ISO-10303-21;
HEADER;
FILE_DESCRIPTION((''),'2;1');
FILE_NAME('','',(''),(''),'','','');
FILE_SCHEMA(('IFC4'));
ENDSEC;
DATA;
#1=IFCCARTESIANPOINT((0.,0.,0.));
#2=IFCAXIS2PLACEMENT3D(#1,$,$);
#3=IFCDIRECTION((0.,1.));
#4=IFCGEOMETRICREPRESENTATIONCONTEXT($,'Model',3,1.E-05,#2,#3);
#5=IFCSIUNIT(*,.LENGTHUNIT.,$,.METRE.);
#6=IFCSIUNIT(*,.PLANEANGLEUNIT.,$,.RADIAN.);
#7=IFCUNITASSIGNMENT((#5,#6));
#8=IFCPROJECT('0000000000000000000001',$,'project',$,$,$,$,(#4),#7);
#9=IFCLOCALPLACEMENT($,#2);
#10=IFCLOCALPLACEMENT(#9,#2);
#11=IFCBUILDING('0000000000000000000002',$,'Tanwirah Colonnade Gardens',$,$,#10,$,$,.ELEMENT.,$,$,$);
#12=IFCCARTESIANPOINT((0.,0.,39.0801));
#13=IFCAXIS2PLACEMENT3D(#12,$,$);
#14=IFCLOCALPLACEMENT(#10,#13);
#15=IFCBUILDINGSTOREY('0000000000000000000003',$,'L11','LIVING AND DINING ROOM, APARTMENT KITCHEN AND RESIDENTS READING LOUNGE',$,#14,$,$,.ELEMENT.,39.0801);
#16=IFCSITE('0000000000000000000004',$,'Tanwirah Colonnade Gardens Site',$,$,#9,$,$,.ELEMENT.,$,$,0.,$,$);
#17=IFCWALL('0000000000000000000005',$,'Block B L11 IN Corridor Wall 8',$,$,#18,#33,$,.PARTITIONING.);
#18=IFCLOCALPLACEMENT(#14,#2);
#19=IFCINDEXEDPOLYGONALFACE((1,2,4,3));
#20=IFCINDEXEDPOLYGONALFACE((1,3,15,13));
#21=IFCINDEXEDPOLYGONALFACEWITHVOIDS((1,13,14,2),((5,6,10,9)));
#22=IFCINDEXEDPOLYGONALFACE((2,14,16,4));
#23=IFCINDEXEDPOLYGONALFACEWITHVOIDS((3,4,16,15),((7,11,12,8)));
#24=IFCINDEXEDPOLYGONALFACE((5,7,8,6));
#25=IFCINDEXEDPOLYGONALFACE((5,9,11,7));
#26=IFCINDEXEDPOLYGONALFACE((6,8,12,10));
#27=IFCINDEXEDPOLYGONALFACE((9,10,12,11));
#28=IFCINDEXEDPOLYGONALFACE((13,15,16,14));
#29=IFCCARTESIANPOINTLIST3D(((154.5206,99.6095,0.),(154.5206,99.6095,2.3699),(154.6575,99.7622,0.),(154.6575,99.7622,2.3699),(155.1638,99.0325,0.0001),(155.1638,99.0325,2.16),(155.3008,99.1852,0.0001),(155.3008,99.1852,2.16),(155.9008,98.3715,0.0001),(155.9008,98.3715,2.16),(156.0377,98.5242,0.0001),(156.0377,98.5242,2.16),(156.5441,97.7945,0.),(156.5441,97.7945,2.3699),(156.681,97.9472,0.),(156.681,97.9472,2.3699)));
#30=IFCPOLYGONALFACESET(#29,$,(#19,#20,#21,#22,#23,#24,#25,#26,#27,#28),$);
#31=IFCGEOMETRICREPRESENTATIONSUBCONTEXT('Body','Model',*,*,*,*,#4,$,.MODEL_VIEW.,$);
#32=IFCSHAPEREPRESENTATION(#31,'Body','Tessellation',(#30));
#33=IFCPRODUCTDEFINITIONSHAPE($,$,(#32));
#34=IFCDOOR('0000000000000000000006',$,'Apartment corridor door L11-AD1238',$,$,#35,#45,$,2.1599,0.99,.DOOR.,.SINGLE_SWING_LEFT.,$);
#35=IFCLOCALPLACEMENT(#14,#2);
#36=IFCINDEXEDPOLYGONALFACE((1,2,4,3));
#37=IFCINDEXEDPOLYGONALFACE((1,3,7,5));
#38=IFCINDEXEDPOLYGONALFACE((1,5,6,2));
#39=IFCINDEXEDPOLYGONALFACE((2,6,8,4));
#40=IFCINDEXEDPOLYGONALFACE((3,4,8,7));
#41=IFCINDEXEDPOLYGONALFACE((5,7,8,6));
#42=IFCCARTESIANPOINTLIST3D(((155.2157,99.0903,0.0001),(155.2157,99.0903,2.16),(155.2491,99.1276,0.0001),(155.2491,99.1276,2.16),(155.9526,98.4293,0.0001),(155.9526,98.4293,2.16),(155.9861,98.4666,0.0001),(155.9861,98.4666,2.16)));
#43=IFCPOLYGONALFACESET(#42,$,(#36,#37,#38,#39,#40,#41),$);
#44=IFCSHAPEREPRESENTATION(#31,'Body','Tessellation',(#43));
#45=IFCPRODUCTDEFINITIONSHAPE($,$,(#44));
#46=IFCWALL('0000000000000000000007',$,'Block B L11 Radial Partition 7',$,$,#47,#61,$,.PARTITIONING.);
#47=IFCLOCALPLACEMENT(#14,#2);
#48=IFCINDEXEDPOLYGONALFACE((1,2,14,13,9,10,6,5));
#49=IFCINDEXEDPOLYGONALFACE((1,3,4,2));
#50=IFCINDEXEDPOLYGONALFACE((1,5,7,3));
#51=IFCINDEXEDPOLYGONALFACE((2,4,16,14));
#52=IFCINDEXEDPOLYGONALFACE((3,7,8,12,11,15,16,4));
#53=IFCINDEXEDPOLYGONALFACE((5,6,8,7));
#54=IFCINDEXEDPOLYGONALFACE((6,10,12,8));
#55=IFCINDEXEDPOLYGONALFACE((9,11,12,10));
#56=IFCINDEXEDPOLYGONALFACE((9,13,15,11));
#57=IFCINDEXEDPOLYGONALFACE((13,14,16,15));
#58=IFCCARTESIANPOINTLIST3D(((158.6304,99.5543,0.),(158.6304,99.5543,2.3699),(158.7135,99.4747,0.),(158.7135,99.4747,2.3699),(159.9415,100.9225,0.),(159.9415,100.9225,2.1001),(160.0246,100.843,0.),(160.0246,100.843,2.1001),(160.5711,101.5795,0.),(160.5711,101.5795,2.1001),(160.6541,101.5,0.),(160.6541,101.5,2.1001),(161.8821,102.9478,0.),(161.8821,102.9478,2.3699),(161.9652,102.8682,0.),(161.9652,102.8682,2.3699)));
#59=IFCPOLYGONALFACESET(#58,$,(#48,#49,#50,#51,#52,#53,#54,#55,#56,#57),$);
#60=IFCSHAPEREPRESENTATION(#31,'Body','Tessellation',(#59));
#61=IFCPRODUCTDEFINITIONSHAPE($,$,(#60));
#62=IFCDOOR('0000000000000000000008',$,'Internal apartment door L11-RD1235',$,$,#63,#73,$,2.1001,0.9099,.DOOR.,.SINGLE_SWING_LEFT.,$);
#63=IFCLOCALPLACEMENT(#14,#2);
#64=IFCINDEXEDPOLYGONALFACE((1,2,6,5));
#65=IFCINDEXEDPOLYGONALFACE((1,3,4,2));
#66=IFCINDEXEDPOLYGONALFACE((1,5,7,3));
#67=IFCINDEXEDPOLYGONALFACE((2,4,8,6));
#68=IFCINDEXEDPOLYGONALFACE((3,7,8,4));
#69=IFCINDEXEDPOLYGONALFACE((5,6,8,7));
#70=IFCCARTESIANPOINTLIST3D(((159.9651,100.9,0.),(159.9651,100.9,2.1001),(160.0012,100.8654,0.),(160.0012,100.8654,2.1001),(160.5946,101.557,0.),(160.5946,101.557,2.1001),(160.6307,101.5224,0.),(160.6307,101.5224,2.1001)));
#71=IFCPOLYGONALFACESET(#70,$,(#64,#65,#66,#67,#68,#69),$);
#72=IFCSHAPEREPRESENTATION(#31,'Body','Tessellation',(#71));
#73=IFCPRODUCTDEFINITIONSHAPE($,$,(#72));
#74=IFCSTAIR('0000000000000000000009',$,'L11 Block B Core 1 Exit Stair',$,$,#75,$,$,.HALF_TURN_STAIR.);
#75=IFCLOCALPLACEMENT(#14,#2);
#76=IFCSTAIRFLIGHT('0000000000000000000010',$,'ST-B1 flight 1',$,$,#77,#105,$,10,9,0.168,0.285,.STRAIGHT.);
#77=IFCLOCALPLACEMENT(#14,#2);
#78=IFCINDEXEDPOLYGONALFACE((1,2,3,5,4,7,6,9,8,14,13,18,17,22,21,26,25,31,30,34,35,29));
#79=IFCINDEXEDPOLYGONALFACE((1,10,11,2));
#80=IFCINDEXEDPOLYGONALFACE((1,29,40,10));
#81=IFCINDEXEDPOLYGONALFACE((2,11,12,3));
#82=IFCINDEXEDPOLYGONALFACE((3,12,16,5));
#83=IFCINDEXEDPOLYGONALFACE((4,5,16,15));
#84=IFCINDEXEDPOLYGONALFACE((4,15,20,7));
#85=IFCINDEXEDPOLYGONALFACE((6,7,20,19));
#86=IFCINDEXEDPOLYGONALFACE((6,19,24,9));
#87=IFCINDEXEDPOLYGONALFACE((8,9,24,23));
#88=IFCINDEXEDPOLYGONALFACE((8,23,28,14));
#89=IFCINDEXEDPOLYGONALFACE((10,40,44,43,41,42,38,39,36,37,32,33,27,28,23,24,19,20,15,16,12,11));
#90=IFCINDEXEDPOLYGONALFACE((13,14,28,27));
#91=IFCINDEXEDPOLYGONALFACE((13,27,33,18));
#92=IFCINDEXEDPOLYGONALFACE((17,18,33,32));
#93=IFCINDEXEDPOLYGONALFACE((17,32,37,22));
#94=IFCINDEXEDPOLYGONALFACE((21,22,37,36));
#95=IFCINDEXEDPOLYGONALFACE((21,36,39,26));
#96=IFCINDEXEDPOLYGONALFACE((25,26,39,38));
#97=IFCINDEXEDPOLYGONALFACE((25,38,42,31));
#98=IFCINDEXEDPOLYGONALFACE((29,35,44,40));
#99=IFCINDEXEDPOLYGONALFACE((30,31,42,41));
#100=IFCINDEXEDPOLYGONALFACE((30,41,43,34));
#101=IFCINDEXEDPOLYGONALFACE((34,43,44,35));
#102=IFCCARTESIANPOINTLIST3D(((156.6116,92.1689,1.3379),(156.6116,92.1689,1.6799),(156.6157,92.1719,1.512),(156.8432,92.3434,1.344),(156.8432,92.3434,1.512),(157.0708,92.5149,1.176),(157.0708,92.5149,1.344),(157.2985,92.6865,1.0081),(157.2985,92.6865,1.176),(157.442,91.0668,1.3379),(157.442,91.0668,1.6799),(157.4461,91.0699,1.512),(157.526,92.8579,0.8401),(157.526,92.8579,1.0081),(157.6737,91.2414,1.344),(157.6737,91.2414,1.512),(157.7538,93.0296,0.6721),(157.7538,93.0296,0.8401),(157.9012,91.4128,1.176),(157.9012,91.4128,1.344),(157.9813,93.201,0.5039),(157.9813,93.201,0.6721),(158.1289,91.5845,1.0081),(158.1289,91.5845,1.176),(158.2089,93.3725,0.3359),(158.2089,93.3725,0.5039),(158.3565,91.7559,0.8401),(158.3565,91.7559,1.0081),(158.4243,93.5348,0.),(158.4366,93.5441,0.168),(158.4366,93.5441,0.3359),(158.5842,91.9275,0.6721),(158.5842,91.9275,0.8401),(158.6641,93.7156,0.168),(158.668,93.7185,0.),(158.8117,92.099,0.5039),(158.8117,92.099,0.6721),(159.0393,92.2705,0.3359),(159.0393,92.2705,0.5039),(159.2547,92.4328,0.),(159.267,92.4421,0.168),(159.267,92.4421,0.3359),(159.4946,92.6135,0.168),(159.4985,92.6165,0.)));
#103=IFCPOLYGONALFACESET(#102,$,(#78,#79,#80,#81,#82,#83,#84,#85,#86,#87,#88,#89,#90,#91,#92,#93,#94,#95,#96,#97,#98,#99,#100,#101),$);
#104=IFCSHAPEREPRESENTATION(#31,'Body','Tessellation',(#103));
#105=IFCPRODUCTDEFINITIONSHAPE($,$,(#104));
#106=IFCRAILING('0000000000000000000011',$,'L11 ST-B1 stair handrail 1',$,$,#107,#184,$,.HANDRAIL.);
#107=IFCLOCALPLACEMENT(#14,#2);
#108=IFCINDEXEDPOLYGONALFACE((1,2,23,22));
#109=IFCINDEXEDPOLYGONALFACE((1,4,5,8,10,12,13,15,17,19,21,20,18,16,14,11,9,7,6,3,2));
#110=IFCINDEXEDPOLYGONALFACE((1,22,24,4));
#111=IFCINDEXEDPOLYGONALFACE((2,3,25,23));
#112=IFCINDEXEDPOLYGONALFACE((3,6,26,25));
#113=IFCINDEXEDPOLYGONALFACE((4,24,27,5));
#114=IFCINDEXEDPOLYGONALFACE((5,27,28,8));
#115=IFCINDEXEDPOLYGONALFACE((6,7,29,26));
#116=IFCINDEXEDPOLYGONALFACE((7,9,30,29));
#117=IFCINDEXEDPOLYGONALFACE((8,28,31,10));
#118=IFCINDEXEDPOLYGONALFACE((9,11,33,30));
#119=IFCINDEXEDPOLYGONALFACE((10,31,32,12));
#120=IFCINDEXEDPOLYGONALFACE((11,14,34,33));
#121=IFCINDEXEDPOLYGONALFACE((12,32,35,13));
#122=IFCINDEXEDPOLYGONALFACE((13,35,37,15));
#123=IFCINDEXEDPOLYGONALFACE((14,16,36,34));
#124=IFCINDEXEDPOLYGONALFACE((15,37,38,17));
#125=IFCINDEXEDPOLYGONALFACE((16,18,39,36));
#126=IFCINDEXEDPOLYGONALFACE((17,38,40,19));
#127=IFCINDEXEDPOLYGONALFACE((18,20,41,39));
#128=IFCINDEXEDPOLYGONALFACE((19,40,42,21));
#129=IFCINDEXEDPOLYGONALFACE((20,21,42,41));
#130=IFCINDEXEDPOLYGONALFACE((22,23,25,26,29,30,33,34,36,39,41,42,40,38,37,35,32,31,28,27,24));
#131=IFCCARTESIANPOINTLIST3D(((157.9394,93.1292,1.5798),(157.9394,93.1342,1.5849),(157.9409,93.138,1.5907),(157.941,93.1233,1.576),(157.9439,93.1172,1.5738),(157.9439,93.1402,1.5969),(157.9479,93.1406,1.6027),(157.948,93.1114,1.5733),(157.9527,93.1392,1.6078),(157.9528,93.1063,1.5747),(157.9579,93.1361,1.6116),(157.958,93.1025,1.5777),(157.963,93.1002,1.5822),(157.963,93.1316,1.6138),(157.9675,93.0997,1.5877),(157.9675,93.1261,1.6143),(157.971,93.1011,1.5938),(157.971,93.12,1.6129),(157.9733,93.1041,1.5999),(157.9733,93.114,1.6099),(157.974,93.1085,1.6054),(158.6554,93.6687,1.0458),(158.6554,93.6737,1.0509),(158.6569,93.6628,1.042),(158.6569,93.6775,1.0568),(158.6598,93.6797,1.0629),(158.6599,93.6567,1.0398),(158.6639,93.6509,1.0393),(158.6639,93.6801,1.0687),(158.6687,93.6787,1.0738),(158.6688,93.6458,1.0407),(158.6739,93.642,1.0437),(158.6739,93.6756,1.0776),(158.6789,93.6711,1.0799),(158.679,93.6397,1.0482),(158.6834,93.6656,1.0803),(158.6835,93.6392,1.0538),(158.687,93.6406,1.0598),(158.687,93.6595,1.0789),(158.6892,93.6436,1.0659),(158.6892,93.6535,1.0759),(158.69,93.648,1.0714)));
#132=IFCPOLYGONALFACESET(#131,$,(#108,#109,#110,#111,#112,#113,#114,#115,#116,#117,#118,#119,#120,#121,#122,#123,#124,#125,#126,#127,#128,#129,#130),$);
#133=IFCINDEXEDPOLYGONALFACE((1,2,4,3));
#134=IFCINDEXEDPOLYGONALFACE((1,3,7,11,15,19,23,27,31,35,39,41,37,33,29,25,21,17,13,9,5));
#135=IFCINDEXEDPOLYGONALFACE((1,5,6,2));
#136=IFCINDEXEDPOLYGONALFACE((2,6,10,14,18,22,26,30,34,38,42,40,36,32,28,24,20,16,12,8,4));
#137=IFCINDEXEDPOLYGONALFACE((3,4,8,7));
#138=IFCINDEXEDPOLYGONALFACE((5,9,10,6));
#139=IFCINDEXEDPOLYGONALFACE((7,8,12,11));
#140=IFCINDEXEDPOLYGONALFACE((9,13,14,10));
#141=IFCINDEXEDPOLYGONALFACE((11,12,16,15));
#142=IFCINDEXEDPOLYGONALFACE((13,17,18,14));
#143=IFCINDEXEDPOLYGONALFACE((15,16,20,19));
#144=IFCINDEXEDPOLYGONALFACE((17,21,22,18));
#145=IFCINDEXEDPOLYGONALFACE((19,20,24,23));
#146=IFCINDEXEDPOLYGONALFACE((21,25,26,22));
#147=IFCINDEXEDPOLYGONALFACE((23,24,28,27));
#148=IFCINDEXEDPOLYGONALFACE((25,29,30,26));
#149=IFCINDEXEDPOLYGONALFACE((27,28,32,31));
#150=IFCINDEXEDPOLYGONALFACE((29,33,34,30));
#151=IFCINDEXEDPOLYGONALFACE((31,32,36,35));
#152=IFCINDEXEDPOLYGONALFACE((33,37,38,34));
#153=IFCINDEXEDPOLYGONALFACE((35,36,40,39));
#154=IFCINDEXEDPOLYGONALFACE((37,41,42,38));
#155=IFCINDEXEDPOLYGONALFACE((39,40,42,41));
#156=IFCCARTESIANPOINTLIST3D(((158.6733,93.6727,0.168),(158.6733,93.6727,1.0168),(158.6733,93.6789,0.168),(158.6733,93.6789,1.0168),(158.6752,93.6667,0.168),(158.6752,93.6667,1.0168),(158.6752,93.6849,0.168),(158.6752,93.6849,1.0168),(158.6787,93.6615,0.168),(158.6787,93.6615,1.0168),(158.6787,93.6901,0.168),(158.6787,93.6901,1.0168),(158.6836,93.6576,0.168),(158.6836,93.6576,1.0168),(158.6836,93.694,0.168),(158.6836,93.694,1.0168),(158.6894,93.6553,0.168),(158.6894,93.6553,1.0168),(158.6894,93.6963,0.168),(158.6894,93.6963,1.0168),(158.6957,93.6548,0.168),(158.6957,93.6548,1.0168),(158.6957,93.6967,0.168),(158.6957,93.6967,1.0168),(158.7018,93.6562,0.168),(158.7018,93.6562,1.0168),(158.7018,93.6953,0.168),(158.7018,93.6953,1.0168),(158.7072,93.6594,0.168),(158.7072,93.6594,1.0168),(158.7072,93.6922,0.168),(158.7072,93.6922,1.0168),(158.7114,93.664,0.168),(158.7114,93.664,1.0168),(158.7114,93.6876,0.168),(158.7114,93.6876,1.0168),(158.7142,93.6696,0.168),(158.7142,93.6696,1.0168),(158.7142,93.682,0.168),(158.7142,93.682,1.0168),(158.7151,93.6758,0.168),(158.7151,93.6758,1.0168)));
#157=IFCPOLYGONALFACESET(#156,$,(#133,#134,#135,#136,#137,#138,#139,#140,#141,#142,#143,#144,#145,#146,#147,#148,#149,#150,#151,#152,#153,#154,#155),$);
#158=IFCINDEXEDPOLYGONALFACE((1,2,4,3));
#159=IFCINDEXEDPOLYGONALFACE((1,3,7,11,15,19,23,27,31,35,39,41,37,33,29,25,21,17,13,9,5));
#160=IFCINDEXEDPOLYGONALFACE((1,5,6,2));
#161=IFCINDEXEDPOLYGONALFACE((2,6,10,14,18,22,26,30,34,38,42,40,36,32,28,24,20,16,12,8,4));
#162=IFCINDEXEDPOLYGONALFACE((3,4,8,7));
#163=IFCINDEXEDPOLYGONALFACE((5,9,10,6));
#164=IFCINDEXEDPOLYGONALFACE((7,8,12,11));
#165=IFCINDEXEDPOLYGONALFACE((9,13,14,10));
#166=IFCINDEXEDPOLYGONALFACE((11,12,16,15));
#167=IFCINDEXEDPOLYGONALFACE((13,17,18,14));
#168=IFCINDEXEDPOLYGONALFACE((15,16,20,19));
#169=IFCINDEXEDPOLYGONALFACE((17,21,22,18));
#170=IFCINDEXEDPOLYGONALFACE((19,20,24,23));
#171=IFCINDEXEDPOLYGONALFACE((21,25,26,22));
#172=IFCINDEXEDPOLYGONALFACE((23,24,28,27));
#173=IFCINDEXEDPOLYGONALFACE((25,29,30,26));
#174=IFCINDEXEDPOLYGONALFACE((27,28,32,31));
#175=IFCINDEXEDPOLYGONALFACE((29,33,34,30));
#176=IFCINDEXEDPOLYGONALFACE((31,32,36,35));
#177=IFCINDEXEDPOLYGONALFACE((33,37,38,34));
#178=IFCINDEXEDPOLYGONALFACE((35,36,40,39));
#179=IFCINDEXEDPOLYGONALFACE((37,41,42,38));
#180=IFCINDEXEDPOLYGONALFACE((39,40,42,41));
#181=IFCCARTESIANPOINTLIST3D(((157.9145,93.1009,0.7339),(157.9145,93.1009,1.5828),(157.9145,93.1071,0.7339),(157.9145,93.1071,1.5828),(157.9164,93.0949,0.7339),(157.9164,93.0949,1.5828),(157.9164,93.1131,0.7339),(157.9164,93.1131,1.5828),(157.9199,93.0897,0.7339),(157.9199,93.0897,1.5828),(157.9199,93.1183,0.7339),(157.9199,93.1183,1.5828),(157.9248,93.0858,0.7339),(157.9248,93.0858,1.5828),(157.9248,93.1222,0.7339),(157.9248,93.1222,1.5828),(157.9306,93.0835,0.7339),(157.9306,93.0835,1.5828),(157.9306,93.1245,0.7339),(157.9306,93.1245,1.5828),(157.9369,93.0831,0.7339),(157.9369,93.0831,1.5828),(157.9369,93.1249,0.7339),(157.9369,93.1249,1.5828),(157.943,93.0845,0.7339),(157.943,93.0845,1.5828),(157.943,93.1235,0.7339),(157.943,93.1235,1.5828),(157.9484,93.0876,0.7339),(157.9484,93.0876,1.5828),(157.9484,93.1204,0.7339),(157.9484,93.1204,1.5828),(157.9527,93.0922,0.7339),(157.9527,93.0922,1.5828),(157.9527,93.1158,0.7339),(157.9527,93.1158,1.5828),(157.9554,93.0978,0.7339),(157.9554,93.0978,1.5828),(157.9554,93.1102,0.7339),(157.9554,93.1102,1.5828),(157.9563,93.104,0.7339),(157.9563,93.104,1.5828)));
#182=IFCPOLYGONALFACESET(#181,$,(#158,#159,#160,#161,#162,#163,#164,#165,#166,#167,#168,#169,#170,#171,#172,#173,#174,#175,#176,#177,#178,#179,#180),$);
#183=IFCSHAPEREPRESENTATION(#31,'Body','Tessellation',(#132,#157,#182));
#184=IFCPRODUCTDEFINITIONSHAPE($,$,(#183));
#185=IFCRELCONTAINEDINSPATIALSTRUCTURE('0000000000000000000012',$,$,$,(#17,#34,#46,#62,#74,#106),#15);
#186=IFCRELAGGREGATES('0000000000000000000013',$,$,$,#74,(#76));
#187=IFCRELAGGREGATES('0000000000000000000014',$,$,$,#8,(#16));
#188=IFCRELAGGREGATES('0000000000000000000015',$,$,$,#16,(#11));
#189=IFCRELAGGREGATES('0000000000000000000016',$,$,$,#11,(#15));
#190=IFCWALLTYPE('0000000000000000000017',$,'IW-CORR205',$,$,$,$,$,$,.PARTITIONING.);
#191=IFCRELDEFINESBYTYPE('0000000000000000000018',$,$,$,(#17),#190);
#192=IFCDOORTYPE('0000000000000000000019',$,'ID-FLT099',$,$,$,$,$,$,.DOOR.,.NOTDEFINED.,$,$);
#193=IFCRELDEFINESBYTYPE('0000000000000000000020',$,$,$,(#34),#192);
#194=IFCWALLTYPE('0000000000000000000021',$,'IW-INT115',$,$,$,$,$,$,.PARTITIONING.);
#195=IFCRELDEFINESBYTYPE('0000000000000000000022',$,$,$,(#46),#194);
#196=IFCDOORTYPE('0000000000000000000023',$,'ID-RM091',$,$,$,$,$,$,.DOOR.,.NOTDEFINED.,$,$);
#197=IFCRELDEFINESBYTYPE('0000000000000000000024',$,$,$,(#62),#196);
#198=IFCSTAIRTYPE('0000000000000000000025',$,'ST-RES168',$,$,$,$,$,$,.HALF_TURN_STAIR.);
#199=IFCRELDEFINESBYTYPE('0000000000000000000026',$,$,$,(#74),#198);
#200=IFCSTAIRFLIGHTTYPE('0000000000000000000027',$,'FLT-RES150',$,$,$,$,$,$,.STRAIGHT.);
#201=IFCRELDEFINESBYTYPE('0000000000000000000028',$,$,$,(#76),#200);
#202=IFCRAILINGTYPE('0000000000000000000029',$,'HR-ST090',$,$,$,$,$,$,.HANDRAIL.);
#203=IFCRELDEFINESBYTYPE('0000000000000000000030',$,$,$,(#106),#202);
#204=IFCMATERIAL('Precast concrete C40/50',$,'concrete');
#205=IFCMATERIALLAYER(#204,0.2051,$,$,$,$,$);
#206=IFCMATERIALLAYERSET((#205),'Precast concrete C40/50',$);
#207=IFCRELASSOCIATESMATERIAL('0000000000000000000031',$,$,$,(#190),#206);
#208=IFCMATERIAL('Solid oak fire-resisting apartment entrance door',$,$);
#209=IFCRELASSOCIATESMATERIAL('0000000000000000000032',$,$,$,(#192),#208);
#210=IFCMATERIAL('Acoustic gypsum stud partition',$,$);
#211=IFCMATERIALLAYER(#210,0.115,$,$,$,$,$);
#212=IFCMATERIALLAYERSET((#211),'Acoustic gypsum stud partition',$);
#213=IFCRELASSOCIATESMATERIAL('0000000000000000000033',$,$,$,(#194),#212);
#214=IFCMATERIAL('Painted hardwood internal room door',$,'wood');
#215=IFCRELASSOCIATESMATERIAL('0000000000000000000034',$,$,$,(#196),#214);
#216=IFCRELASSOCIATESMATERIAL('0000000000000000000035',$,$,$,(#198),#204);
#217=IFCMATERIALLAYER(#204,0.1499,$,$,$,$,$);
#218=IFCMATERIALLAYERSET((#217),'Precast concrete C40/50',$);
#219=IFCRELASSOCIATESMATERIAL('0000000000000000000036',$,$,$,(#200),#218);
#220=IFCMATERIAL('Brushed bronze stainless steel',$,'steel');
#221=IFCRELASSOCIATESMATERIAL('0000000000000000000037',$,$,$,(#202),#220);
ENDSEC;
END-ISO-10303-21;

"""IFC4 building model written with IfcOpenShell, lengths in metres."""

from ifc_helpers import new_model, si_unit, direction, frame, frame_2d, origin, origin_2d, place, context, subcontext, project, spatial, polyline, rectangle, circle, outline, extrude, material, layer, layer_set, type_object, element, fill, aggregate, save


model = new_model("IFC4")

# Units and contexts
model_context = context("Model", 3, precision=1e-05, world=origin(), true_north=direction((0.0, 1.0)))
body_context = subcontext(model_context, "Body", "Model", "MODEL_VIEW")
ifc_project = project(units=[si_unit("LENGTHUNIT", "METRE"), si_unit("PLANEANGLEUNIT", "RADIAN")], contexts=[model_context])

# Site, building, storey
site_placement = place(None, origin())
site = spatial("IfcSite", under=ifc_project, at=site_placement, Name="Tanwirah Colonnade Gardens Site", CompositionType="ELEMENT", RefElevation=0.0)
building_placement = place(site_placement, origin())
building = spatial("IfcBuilding", under=site, at=building_placement, Name="Tanwirah Colonnade Gardens", CompositionType="ELEMENT")
storey_placement = place(building_placement, frame((0.0, 0.0, 39.0801)))
storey = spatial("IfcBuildingStorey", under=building, at=storey_placement, Name="L11", Description="LIVING AND DINING ROOM, APARTMENT KITCHEN AND RESIDENTS READING LOUNGE", CompositionType="ELEMENT", Elevation=39.0801)

# Shared definitions
ifc_material_1 = material(Name="Precast concrete C40/50", Category="concrete")

# Walls, openings, doors
ifc_layer_1 = layer(ifc_material_1, 0.2051)
ifc_layer_set_1 = layer_set([ifc_layer_1], Name="Precast concrete C40/50")
wall_type_1 = type_object("IfcWallType", Name="IW-CORR205", PredefinedType="PARTITIONING", material=ifc_layer_set_1)
ifc_material_2 = material(Name="Solid oak fire-resisting apartment entrance door")
door_type_1 = type_object("IfcDoorType", Name="ID-FLT099", OperationType="NOTDEFINED", PredefinedType="DOOR", material=ifc_material_2)
wall_1_placement = place(storey_placement, frame((156.6125, 97.8708, 0.0), z_axis=(0.0, 0.0, 1.0), x_axis=(-0.744419, 0.667713, 0.0)))
wall_1 = element("IfcWall", 1, at=wall_1_placement, inside=storey, type_object=wall_type_1, Name="Block B L11 IN Corridor Wall 8", PredefinedType="PARTITIONING", context=body_context, shape_type="SweptSolid", body=[
    extrude(rectangle(XDim=2.7183, YDim=0.2051, at=frame_2d((1.3591, 0.0))), origin(), (0.0, 0.0, 1.0), 2.3699),
])
opening_1_placement = place(wall_1_placement, frame((0.864, 0.0, 0.0)))
opening_1 = element("IfcOpeningElement", 2, at=opening_1_placement, cuts=wall_1, PredefinedType="OPENING", context=body_context, shape_type="SweptSolid", body=[
    extrude(rectangle(XDim=0.99, YDim=2.1599, at=frame_2d((0.4951, 1.0801))), frame((0.0, 0.1125, 0.0), z_axis=(0.0, -1.0, 0.0), x_axis=(1.0, 0.0, 0.0)), (0.0, 0.0, 1.0), 0.2251),
])
door_1_placement = place(opening_1_placement, origin())
door_1 = element("IfcDoor", 3, at=door_1_placement, inside=storey, type_object=door_type_1, Name="Apartment corridor door L11-AD1238", OperationType="SINGLE_SWING_LEFT", OverallHeight=2.1599, OverallWidth=0.99, PredefinedType="DOOR", context=body_context, shape_type="SweptSolid", body=[
    extrude(rectangle(XDim=0.99, YDim=2.1599, at=frame_2d((0.4951, 1.0801))), frame((0.0, 0.0249, 0.0), z_axis=(0.0, -1.0, 0.0), x_axis=(1.0, 0.0, 0.0)), (0.0, 0.0, 1.0), 0.05),
])
fill(opening_1, door_1)
ifc_material_3 = material(Name="Acoustic gypsum stud partition")
ifc_layer_2 = layer(ifc_material_3, 0.115)
ifc_layer_set_2 = layer_set([ifc_layer_2], Name="Acoustic gypsum stud partition")
wall_type_2 = type_object("IfcWallType", Name="IW-INT115", PredefinedType="PARTITIONING", material=ifc_layer_set_2)
wall_2_placement = place(storey_placement, frame((158.6719, 99.5144, 0.0), z_axis=(0.0, 0.0, 1.0), x_axis=(0.691856, 0.722036, 0.0)))
wall_2 = element("IfcWall", 4, at=wall_2_placement, inside=storey, type_object=wall_type_2, Name="Block B L11 Radial Partition 7", PredefinedType="PARTITIONING", context=body_context, shape_type="SweptSolid", body=[
    extrude(rectangle(XDim=4.7, YDim=0.115, at=frame_2d((2.3501, 0.0))), origin(), (0.0, 0.0, 1.0), 2.3699),
])
opening_2_placement = place(wall_2_placement, frame((1.895, 0.0, 0.0)))
opening_2 = element("IfcOpeningElement", 5, at=opening_2_placement, cuts=wall_2, PredefinedType="OPENING", context=body_context, shape_type="SweptSolid", body=[
    extrude(rectangle(XDim=0.9099, YDim=2.1001, at=frame_2d((0.4551, 1.05))), frame((0.0, 0.0674, 0.0), z_axis=(0.0, -1.0, 0.0), x_axis=(1.0, 0.0, 0.0)), (0.0, 0.0, 1.0), 0.135),
])
ifc_material_4 = material(Name="Painted hardwood internal room door", Category="wood")
door_type_2 = type_object("IfcDoorType", Name="ID-RM091", OperationType="NOTDEFINED", PredefinedType="DOOR", material=ifc_material_4)
door_2_placement = place(opening_2_placement, origin())
door_2 = element("IfcDoor", 6, at=door_2_placement, inside=storey, type_object=door_type_2, Name="Internal apartment door L11-RD1235", OperationType="SINGLE_SWING_LEFT", OverallHeight=2.1001, OverallWidth=0.9099, PredefinedType="DOOR", context=body_context, shape_type="SweptSolid", body=[
    extrude(rectangle(XDim=0.9099, YDim=2.1001, at=frame_2d((0.4551, 1.05))), frame((0.0, 0.0249, 0.0), z_axis=(0.0, -1.0, 0.0), x_axis=(1.0, 0.0, 0.0)), (0.0, 0.0, 1.0), 0.05),
])
fill(opening_2, door_2)

# Stair, stair flight
stair_type = type_object("IfcStairType", Name="ST-RES168", PredefinedType="HALF_TURN_STAIR", material=ifc_material_1)
stair_placement = place(storey_placement, origin())
stair = element("IfcStair", 7, at=stair_placement, inside=storey, type_object=stair_type, Name="L11 Block B Core 1 Exit Stair", PredefinedType="HALF_TURN_STAIR")
ifc_layer_3 = layer(ifc_material_1, 0.1499)
ifc_layer_set_3 = layer_set([ifc_layer_3], Name="Precast concrete C40/50")
stair_flight_type = type_object("IfcStairFlightType", Name="FLT-RES150", PredefinedType="STRAIGHT", material=ifc_layer_set_3)
stair_flight_placement = place(storey_placement, frame((159.0793, 93.1646, 0.0), z_axis=(0.0, 0.0, 1.0), x_axis=(-0.798636, -0.601815, 0.0)))
stair_flight = element("IfcStairFlight", 8, at=stair_flight_placement, type_object=stair_flight_type, Name="ST-B1 flight 1", NumberOfRisers=10, NumberOfTreads=9, PredefinedType="STRAIGHT", RiserHeight=0.168, TreadLength=0.285, context=body_context, shape_type="SweptSolid", body=[
    extrude(outline(polyline([(-0.0049, 0.0), (0.0, 0.168), (0.2849, 0.168), (0.2849, 0.3359), (0.5701, 0.3359), (0.5701, 0.5039), (0.855, 0.5039), (0.855, 0.6721), (1.1399, 0.6721), (1.1399, 0.8401), (1.425, 0.8401), (1.425, 1.0081), (1.71, 1.0081), (1.71, 1.176), (1.9951, 1.176), (1.9951, 1.344), (2.28, 1.344), (2.28, 1.512), (2.5649, 1.512), (2.5701, 1.6799), (2.5701, 1.3379), (0.3003, 0.0), (-0.0049, 0.0)])), frame((0.0, 0.6899, 0.0), z_axis=(0.0, -1.0, 0.0), x_axis=(1.0, 0.0, 0.0)), (0.0, 0.0, 1.0), 1.3799),
])
aggregate(stair, [stair_flight])

# Railing
ifc_material_5 = material(Name="Brushed bronze stainless steel", Category="steel")
railing_type = type_object("IfcRailingType", Name="HR-ST090", PredefinedType="HANDRAIL", material=ifc_material_5)
railing_1_placement = place(storey_placement, frame((158.6941, 93.6758, 0.168)))
element("IfcRailing", 9, at=railing_1_placement, inside=storey, type_object=railing_type, Name="L11 ST-B1 stair handrail 1", PredefinedType="HANDRAIL", context=body_context, shape_type="SweptSolid", body=[
    extrude(circle(Radius=0.0239, at=origin_2d()), frame((-0.0215, -0.0161, 0.8918), z_axis=(-0.686145, -0.517037, 0.511739), x_axis=(0.601807, -0.798641, 0.0)), (0.0, 0.0, 1.0), 1.0435),
    extrude(circle(Radius=0.021, at=origin_2d()), origin(), (0.0, 0.0, 1.0), 0.8489),
    extrude(circle(Radius=0.021, at=origin_2d()), frame((-0.7588, -0.5718, 0.5659)), (0.0, 0.0, 1.0), 0.8489),
])

save(model, "model.ifc")
